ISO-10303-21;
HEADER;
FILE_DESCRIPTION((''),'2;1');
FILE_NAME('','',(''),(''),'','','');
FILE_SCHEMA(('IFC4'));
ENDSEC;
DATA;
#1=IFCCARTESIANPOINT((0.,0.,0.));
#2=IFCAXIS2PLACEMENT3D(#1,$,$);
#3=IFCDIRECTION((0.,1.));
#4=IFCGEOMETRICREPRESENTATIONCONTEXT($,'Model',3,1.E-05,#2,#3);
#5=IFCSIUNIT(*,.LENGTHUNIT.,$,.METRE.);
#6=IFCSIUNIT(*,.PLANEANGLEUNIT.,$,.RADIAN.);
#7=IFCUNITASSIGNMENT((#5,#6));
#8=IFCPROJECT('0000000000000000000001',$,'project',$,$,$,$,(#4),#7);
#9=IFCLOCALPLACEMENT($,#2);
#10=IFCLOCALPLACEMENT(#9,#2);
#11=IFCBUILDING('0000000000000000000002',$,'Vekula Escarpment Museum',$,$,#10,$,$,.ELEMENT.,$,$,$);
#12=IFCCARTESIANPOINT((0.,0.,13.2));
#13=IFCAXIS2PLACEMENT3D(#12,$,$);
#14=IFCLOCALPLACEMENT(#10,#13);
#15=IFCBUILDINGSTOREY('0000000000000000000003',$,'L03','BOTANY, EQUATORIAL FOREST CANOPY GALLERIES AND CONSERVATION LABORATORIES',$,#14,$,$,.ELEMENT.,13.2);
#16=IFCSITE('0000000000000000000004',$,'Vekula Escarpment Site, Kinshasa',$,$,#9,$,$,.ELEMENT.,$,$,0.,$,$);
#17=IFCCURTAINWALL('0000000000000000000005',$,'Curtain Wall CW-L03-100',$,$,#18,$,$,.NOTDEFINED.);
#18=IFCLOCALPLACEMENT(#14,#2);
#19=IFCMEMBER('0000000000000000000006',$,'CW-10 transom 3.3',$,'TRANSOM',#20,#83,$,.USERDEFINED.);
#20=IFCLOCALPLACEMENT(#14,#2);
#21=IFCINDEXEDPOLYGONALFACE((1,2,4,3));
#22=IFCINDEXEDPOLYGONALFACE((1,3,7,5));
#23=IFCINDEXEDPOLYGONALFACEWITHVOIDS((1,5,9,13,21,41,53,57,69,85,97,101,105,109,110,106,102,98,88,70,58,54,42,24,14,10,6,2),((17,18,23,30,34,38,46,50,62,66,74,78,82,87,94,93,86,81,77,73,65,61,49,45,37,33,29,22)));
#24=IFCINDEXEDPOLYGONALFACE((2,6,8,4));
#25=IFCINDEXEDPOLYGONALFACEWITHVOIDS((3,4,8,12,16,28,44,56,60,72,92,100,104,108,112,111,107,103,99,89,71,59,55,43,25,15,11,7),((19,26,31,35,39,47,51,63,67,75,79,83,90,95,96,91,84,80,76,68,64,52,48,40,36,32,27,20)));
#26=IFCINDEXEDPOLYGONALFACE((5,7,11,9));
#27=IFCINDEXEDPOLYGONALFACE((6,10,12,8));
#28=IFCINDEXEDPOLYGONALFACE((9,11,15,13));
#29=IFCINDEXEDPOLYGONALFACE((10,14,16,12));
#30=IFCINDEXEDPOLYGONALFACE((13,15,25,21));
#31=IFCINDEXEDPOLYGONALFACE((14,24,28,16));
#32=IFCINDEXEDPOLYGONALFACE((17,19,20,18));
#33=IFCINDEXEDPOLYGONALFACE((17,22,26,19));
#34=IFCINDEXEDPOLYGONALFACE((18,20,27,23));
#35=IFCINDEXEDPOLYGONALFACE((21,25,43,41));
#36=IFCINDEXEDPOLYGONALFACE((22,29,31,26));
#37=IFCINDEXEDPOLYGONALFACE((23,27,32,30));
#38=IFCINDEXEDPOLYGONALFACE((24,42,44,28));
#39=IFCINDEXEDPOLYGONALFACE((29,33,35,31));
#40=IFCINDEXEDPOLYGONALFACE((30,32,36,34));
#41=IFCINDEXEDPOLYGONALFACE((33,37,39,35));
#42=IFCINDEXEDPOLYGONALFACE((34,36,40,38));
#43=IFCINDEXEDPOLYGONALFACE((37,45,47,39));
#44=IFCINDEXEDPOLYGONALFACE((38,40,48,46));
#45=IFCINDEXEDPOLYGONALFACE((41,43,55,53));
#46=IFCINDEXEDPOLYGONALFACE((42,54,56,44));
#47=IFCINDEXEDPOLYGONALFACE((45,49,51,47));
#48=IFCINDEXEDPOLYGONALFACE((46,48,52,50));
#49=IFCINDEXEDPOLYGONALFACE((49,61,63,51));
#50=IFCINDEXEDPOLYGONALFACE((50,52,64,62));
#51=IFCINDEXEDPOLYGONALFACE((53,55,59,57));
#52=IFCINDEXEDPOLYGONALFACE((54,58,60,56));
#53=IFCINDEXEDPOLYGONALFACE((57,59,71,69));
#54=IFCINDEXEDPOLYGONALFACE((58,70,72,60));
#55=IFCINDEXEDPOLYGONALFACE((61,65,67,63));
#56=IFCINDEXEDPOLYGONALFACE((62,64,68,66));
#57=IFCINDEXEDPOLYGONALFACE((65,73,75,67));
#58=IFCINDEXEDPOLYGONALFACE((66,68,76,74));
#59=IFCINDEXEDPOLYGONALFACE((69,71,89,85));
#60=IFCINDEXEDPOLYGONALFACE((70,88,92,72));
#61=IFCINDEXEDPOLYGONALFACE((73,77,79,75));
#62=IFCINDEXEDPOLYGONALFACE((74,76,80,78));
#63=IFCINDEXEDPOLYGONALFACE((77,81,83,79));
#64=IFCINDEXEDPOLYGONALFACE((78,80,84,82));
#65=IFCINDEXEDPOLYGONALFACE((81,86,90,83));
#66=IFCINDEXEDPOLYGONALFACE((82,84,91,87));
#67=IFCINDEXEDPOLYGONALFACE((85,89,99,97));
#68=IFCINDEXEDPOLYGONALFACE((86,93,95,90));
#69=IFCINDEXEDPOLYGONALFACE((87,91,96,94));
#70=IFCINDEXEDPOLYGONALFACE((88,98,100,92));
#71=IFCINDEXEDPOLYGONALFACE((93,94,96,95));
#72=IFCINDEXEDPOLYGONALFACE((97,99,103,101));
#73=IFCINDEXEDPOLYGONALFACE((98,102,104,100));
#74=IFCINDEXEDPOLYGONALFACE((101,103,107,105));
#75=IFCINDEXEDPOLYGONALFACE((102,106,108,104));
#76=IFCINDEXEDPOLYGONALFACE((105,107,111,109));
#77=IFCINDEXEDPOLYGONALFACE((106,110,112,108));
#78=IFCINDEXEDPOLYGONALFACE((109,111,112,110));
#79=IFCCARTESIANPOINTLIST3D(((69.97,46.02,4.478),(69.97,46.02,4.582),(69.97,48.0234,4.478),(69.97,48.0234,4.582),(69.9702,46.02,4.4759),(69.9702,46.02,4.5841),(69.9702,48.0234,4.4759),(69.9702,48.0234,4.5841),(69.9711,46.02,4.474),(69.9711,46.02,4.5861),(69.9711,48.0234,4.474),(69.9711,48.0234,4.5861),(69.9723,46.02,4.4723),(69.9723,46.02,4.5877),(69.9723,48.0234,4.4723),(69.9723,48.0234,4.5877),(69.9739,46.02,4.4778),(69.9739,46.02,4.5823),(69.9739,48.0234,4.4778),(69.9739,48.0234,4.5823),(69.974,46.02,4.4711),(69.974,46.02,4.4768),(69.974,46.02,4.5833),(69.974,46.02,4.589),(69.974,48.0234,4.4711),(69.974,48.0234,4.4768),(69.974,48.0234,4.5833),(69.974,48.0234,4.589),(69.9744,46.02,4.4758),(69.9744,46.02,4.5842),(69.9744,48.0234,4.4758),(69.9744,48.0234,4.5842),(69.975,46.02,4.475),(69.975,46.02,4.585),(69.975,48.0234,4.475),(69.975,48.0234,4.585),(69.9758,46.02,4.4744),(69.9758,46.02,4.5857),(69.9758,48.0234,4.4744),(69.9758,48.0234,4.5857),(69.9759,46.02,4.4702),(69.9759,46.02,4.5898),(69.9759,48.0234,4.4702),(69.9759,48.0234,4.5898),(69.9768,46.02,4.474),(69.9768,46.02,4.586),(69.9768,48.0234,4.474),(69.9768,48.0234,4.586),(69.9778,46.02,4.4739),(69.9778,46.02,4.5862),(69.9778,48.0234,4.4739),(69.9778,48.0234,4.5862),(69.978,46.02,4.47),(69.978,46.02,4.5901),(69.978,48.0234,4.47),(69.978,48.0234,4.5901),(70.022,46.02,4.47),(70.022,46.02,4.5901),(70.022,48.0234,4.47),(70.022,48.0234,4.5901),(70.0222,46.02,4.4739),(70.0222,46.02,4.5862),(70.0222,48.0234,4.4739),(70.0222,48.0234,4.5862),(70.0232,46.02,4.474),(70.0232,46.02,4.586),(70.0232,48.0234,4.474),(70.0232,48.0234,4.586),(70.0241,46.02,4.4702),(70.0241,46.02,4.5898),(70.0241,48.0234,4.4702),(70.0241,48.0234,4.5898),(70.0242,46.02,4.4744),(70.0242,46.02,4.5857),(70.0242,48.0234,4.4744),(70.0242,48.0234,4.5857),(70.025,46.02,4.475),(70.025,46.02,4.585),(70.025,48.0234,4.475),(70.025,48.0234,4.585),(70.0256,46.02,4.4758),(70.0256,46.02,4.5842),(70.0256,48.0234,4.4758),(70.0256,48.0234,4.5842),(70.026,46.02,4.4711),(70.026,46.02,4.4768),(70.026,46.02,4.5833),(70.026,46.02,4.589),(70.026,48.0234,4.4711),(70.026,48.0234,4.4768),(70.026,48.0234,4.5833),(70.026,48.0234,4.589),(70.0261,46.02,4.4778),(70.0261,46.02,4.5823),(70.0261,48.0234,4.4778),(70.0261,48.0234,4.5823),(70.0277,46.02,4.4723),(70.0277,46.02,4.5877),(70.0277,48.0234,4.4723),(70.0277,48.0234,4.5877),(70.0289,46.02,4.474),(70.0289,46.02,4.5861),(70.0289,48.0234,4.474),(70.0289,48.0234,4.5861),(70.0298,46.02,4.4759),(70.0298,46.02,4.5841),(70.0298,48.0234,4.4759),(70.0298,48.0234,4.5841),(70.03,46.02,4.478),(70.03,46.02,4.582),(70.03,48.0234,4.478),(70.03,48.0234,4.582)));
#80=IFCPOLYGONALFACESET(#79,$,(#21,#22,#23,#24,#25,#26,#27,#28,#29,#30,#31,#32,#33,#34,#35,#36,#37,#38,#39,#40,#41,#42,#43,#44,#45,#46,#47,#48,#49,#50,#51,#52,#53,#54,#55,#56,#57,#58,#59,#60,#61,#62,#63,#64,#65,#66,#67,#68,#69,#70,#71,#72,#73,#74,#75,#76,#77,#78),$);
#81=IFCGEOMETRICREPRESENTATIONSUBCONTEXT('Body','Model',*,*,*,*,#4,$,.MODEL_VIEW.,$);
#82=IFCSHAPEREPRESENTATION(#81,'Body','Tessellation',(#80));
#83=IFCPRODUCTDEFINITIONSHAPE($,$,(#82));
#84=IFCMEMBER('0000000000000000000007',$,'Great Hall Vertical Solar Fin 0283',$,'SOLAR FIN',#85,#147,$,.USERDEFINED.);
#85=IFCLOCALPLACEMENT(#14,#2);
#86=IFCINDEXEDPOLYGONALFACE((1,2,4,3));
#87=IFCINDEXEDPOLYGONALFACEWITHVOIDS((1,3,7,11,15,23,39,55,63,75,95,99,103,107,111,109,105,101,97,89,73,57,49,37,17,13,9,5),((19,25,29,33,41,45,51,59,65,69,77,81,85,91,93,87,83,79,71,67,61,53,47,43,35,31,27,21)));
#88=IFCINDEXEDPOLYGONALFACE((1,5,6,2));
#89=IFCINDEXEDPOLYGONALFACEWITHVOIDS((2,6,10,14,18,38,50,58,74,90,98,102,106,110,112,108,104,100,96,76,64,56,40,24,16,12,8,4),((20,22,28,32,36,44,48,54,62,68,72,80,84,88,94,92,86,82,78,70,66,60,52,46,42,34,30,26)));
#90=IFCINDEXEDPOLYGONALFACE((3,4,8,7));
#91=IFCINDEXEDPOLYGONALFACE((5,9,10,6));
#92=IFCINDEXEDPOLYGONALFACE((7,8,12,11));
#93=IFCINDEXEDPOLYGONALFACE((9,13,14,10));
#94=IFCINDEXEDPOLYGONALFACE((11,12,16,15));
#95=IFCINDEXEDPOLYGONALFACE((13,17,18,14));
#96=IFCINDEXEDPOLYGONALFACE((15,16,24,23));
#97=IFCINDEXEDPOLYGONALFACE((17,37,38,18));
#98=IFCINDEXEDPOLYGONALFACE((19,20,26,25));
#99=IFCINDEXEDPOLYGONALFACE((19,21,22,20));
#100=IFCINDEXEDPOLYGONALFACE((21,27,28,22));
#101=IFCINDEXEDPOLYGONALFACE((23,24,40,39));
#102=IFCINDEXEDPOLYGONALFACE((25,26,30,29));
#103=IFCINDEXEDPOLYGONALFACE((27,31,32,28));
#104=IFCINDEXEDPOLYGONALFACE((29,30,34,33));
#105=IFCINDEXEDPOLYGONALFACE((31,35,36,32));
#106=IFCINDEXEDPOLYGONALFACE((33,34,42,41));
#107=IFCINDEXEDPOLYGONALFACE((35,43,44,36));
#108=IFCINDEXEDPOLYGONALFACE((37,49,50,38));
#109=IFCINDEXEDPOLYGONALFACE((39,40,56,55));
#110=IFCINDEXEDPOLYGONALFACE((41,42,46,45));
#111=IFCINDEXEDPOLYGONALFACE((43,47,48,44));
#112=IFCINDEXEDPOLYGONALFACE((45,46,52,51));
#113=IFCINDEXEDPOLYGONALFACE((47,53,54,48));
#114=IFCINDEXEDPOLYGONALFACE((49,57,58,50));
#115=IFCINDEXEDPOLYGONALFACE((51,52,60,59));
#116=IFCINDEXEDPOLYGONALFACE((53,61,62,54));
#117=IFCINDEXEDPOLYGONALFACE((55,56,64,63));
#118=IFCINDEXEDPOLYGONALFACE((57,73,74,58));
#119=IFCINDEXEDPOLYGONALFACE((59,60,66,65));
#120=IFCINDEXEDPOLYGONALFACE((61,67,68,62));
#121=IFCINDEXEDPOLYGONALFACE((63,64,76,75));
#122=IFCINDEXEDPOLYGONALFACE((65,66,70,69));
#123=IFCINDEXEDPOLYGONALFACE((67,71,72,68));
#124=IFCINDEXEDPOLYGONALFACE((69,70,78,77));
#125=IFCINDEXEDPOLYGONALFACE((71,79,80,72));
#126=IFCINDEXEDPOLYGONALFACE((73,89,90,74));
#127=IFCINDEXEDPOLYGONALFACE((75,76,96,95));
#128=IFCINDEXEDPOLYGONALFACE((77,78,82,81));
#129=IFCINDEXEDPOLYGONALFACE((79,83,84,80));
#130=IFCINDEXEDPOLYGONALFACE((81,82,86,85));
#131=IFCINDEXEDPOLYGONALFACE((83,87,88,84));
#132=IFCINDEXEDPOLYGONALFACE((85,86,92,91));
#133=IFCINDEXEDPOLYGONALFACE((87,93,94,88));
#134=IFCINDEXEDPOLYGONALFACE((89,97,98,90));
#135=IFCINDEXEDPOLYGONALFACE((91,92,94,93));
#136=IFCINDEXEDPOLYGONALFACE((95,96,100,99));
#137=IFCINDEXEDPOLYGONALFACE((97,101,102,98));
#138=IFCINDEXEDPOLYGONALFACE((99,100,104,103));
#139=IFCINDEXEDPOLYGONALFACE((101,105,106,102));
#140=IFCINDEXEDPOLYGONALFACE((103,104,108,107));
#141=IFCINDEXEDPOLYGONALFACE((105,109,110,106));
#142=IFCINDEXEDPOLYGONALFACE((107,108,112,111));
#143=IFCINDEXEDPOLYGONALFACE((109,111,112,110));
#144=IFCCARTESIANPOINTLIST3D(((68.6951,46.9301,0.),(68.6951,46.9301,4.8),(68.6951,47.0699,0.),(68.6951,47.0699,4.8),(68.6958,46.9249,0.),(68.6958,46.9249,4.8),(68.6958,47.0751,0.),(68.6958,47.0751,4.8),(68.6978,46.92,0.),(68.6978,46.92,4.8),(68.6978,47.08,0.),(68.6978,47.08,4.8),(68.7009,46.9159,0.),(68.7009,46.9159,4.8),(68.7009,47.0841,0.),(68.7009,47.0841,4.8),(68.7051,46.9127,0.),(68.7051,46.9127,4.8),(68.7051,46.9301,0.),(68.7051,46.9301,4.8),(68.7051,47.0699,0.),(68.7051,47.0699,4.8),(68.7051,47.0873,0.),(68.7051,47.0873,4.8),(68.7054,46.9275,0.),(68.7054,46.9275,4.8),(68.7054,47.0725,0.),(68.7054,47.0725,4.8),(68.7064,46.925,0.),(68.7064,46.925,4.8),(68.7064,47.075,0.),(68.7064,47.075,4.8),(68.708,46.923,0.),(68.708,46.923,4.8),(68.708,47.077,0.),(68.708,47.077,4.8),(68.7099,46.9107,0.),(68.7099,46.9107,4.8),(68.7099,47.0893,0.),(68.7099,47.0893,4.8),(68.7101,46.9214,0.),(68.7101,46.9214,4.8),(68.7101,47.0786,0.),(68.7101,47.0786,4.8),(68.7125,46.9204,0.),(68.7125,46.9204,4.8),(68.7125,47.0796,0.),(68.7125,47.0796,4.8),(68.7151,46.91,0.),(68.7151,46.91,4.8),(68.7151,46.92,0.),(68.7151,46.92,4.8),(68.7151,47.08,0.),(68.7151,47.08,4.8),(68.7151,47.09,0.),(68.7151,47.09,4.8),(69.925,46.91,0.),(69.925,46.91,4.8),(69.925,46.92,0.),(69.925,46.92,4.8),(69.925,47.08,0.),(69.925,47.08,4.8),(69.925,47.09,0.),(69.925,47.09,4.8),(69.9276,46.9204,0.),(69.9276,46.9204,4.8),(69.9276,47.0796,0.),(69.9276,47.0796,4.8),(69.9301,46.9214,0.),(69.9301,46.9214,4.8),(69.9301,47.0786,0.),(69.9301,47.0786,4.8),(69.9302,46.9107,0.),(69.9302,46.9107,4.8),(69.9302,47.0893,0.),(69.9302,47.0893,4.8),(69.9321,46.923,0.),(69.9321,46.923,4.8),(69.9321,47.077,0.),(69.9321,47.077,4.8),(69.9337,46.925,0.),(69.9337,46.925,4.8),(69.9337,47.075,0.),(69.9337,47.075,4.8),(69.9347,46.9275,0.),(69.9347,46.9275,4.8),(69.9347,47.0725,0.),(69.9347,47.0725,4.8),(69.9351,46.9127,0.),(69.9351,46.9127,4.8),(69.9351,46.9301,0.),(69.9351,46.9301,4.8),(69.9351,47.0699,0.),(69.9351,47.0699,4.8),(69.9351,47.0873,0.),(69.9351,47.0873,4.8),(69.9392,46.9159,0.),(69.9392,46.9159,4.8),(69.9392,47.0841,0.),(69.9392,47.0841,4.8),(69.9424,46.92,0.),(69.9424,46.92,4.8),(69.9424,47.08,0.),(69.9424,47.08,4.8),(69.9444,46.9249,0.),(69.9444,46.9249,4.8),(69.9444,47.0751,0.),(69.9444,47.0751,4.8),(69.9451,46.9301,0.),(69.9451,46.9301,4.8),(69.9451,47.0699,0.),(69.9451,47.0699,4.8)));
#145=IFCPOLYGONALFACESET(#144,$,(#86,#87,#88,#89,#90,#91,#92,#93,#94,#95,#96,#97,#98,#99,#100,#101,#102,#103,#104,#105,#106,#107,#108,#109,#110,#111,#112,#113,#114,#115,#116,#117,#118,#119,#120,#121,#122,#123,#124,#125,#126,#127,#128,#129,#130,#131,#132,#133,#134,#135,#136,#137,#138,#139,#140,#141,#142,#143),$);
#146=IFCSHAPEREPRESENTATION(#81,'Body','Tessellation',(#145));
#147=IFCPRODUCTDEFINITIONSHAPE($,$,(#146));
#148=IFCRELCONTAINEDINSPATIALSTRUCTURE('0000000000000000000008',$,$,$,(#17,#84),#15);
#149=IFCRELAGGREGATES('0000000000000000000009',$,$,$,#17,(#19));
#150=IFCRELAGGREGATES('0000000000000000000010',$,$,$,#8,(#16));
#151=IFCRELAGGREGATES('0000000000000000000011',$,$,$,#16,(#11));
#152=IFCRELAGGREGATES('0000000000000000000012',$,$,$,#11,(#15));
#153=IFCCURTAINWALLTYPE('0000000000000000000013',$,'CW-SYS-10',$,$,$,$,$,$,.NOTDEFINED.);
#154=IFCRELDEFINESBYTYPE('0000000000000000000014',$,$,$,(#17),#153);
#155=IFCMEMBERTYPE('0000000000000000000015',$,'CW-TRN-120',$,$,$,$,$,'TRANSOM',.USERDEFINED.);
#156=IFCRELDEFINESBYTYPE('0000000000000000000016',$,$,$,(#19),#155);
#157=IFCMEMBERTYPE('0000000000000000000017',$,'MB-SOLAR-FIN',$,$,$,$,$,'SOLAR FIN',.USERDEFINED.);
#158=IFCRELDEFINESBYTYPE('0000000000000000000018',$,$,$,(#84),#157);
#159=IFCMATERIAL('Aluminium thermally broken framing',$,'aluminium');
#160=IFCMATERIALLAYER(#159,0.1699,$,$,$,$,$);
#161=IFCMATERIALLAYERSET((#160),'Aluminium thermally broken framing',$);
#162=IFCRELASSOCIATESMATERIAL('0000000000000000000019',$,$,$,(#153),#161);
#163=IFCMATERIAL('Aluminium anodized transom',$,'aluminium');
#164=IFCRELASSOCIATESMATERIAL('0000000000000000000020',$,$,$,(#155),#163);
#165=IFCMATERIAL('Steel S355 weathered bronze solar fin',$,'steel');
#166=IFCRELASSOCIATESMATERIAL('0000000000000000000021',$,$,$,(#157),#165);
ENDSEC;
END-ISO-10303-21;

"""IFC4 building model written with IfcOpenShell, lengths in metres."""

from ifc_helpers import new_model, si_unit, direction, frame, origin, origin_2d, place, context, subcontext, project, spatial, hollow_rectangle, extrude, material, layer, layer_set, material_profile, profile_set, type_object, element, aggregate, save


model = new_model("IFC4")

# Units and contexts
model_context = context("Model", 3, precision=1e-05, world=origin(), true_north=direction((0.0, 1.0)))
body_context = subcontext(model_context, "Body", "Model", "MODEL_VIEW")
ifc_project = project(units=[si_unit("LENGTHUNIT", "METRE"), si_unit("PLANEANGLEUNIT", "RADIAN")], contexts=[model_context])

# Site, building, storey
site_placement = place(None, origin())
site = spatial("IfcSite", under=ifc_project, at=site_placement, Name="Vekula Escarpment Site, Kinshasa", CompositionType="ELEMENT", RefElevation=0.0)
building_placement = place(site_placement, origin())
building = spatial("IfcBuilding", under=site, at=building_placement, Name="Vekula Escarpment Museum", CompositionType="ELEMENT")
storey_placement = place(building_placement, frame((0.0, 0.0, 13.2)))
storey = spatial("IfcBuildingStorey", under=building, at=storey_placement, Name="L03", Description="BOTANY, EQUATORIAL FOREST CANOPY GALLERIES AND CONSERVATION LABORATORIES", CompositionType="ELEMENT", Elevation=13.2)

# Curtain wall, member
ifc_material_1 = material(Name="Aluminium thermally broken framing", Category="aluminium")
ifc_layer_1 = layer(ifc_material_1, 0.1699)
ifc_layer_set_1 = layer_set([ifc_layer_1], Name="Aluminium thermally broken framing")
curtain_wall_type = type_object("IfcCurtainWallType", Name="CW-SYS-10", PredefinedType="NOTDEFINED", material=ifc_layer_set_1)
curtain_wall_placement = place(storey_placement, origin())
curtain_wall = element("IfcCurtainWall", 1, at=curtain_wall_placement, inside=storey, type_object=curtain_wall_type, Name="Curtain Wall CW-L03-100", PredefinedType="NOTDEFINED")
ifc_material_2 = material(Name="Aluminium anodized transom", Category="aluminium")
ifc_material_profile_1 = material_profile(ifc_material_2, hollow_rectangle(XDim=0.0601, YDim=0.1201, WallThickness=0.0039, InnerFilletRadius=0.0039, OuterFilletRadius=0.0081, at=origin_2d()), Name="ALU 120x60x4")
ifc_profile_set_1 = profile_set([ifc_material_profile_1], Name="Aluminium anodized transom")
member_type_1 = type_object("IfcMemberType", Name="CW-TRN-120", ElementType="TRANSOM", PredefinedType="USERDEFINED", material=ifc_profile_set_1)
member_1_placement = place(storey_placement, frame((70.0, 48.0234, 4.53), z_axis=(0.0, -1.0, 0.0), x_axis=(1.0, 0.0, 0.0)))
member_1 = element("IfcMember", 2, at=member_1_placement, type_object=member_type_1, Name="CW-10 transom 3.3", ObjectType="TRANSOM", PredefinedType="USERDEFINED", context=body_context, shape_type="SweptSolid", body=[
    extrude(hollow_rectangle(XDim=0.0601, YDim=0.1201, WallThickness=0.0039, InnerFilletRadius=0.0039, OuterFilletRadius=0.0081, at=origin_2d()), origin(), (0.0, 0.0, 1.0), 2.0034),
])

# Member
ifc_material_3 = material(Name="Steel S355 weathered bronze solar fin", Category="steel")
ifc_material_profile_2 = material_profile(ifc_material_3, hollow_rectangle(XDim=0.1799, YDim=1.25, WallThickness=0.01, InnerFilletRadius=0.01, OuterFilletRadius=0.02, at=origin_2d()), Name="RHS 1250x180x10")
ifc_profile_set_2 = profile_set([ifc_material_profile_2], Name="Steel S355 weathered bronze solar fin")
member_type_2 = type_object("IfcMemberType", Name="MB-SOLAR-FIN", ElementType="SOLAR FIN", PredefinedType="USERDEFINED", material=ifc_profile_set_2)
for number, where, z_axis, x_axis, name in (
    (3, (69.3201, 47.0, 0.0), (0.0, 0.0, 1.0), (0.0, 1.0, 0.0), "Great Hall Vertical Solar Fin 0283"),
):
    element("IfcMember", number, at=place(storey_placement, frame(where, z_axis=z_axis, x_axis=x_axis)), inside=storey, type_object=member_type_2, Name=name, ObjectType="SOLAR FIN", PredefinedType="USERDEFINED", context=body_context, shape_type="SweptSolid", body=[
        extrude(hollow_rectangle(XDim=0.1799, YDim=1.25, WallThickness=0.01, InnerFilletRadius=0.01, OuterFilletRadius=0.02, at=origin_2d()), origin(), (0.0, 0.0, 1.0), 4.8),
    ])

aggregate(curtain_wall, [member_1])

save(model, "model.ifc")
